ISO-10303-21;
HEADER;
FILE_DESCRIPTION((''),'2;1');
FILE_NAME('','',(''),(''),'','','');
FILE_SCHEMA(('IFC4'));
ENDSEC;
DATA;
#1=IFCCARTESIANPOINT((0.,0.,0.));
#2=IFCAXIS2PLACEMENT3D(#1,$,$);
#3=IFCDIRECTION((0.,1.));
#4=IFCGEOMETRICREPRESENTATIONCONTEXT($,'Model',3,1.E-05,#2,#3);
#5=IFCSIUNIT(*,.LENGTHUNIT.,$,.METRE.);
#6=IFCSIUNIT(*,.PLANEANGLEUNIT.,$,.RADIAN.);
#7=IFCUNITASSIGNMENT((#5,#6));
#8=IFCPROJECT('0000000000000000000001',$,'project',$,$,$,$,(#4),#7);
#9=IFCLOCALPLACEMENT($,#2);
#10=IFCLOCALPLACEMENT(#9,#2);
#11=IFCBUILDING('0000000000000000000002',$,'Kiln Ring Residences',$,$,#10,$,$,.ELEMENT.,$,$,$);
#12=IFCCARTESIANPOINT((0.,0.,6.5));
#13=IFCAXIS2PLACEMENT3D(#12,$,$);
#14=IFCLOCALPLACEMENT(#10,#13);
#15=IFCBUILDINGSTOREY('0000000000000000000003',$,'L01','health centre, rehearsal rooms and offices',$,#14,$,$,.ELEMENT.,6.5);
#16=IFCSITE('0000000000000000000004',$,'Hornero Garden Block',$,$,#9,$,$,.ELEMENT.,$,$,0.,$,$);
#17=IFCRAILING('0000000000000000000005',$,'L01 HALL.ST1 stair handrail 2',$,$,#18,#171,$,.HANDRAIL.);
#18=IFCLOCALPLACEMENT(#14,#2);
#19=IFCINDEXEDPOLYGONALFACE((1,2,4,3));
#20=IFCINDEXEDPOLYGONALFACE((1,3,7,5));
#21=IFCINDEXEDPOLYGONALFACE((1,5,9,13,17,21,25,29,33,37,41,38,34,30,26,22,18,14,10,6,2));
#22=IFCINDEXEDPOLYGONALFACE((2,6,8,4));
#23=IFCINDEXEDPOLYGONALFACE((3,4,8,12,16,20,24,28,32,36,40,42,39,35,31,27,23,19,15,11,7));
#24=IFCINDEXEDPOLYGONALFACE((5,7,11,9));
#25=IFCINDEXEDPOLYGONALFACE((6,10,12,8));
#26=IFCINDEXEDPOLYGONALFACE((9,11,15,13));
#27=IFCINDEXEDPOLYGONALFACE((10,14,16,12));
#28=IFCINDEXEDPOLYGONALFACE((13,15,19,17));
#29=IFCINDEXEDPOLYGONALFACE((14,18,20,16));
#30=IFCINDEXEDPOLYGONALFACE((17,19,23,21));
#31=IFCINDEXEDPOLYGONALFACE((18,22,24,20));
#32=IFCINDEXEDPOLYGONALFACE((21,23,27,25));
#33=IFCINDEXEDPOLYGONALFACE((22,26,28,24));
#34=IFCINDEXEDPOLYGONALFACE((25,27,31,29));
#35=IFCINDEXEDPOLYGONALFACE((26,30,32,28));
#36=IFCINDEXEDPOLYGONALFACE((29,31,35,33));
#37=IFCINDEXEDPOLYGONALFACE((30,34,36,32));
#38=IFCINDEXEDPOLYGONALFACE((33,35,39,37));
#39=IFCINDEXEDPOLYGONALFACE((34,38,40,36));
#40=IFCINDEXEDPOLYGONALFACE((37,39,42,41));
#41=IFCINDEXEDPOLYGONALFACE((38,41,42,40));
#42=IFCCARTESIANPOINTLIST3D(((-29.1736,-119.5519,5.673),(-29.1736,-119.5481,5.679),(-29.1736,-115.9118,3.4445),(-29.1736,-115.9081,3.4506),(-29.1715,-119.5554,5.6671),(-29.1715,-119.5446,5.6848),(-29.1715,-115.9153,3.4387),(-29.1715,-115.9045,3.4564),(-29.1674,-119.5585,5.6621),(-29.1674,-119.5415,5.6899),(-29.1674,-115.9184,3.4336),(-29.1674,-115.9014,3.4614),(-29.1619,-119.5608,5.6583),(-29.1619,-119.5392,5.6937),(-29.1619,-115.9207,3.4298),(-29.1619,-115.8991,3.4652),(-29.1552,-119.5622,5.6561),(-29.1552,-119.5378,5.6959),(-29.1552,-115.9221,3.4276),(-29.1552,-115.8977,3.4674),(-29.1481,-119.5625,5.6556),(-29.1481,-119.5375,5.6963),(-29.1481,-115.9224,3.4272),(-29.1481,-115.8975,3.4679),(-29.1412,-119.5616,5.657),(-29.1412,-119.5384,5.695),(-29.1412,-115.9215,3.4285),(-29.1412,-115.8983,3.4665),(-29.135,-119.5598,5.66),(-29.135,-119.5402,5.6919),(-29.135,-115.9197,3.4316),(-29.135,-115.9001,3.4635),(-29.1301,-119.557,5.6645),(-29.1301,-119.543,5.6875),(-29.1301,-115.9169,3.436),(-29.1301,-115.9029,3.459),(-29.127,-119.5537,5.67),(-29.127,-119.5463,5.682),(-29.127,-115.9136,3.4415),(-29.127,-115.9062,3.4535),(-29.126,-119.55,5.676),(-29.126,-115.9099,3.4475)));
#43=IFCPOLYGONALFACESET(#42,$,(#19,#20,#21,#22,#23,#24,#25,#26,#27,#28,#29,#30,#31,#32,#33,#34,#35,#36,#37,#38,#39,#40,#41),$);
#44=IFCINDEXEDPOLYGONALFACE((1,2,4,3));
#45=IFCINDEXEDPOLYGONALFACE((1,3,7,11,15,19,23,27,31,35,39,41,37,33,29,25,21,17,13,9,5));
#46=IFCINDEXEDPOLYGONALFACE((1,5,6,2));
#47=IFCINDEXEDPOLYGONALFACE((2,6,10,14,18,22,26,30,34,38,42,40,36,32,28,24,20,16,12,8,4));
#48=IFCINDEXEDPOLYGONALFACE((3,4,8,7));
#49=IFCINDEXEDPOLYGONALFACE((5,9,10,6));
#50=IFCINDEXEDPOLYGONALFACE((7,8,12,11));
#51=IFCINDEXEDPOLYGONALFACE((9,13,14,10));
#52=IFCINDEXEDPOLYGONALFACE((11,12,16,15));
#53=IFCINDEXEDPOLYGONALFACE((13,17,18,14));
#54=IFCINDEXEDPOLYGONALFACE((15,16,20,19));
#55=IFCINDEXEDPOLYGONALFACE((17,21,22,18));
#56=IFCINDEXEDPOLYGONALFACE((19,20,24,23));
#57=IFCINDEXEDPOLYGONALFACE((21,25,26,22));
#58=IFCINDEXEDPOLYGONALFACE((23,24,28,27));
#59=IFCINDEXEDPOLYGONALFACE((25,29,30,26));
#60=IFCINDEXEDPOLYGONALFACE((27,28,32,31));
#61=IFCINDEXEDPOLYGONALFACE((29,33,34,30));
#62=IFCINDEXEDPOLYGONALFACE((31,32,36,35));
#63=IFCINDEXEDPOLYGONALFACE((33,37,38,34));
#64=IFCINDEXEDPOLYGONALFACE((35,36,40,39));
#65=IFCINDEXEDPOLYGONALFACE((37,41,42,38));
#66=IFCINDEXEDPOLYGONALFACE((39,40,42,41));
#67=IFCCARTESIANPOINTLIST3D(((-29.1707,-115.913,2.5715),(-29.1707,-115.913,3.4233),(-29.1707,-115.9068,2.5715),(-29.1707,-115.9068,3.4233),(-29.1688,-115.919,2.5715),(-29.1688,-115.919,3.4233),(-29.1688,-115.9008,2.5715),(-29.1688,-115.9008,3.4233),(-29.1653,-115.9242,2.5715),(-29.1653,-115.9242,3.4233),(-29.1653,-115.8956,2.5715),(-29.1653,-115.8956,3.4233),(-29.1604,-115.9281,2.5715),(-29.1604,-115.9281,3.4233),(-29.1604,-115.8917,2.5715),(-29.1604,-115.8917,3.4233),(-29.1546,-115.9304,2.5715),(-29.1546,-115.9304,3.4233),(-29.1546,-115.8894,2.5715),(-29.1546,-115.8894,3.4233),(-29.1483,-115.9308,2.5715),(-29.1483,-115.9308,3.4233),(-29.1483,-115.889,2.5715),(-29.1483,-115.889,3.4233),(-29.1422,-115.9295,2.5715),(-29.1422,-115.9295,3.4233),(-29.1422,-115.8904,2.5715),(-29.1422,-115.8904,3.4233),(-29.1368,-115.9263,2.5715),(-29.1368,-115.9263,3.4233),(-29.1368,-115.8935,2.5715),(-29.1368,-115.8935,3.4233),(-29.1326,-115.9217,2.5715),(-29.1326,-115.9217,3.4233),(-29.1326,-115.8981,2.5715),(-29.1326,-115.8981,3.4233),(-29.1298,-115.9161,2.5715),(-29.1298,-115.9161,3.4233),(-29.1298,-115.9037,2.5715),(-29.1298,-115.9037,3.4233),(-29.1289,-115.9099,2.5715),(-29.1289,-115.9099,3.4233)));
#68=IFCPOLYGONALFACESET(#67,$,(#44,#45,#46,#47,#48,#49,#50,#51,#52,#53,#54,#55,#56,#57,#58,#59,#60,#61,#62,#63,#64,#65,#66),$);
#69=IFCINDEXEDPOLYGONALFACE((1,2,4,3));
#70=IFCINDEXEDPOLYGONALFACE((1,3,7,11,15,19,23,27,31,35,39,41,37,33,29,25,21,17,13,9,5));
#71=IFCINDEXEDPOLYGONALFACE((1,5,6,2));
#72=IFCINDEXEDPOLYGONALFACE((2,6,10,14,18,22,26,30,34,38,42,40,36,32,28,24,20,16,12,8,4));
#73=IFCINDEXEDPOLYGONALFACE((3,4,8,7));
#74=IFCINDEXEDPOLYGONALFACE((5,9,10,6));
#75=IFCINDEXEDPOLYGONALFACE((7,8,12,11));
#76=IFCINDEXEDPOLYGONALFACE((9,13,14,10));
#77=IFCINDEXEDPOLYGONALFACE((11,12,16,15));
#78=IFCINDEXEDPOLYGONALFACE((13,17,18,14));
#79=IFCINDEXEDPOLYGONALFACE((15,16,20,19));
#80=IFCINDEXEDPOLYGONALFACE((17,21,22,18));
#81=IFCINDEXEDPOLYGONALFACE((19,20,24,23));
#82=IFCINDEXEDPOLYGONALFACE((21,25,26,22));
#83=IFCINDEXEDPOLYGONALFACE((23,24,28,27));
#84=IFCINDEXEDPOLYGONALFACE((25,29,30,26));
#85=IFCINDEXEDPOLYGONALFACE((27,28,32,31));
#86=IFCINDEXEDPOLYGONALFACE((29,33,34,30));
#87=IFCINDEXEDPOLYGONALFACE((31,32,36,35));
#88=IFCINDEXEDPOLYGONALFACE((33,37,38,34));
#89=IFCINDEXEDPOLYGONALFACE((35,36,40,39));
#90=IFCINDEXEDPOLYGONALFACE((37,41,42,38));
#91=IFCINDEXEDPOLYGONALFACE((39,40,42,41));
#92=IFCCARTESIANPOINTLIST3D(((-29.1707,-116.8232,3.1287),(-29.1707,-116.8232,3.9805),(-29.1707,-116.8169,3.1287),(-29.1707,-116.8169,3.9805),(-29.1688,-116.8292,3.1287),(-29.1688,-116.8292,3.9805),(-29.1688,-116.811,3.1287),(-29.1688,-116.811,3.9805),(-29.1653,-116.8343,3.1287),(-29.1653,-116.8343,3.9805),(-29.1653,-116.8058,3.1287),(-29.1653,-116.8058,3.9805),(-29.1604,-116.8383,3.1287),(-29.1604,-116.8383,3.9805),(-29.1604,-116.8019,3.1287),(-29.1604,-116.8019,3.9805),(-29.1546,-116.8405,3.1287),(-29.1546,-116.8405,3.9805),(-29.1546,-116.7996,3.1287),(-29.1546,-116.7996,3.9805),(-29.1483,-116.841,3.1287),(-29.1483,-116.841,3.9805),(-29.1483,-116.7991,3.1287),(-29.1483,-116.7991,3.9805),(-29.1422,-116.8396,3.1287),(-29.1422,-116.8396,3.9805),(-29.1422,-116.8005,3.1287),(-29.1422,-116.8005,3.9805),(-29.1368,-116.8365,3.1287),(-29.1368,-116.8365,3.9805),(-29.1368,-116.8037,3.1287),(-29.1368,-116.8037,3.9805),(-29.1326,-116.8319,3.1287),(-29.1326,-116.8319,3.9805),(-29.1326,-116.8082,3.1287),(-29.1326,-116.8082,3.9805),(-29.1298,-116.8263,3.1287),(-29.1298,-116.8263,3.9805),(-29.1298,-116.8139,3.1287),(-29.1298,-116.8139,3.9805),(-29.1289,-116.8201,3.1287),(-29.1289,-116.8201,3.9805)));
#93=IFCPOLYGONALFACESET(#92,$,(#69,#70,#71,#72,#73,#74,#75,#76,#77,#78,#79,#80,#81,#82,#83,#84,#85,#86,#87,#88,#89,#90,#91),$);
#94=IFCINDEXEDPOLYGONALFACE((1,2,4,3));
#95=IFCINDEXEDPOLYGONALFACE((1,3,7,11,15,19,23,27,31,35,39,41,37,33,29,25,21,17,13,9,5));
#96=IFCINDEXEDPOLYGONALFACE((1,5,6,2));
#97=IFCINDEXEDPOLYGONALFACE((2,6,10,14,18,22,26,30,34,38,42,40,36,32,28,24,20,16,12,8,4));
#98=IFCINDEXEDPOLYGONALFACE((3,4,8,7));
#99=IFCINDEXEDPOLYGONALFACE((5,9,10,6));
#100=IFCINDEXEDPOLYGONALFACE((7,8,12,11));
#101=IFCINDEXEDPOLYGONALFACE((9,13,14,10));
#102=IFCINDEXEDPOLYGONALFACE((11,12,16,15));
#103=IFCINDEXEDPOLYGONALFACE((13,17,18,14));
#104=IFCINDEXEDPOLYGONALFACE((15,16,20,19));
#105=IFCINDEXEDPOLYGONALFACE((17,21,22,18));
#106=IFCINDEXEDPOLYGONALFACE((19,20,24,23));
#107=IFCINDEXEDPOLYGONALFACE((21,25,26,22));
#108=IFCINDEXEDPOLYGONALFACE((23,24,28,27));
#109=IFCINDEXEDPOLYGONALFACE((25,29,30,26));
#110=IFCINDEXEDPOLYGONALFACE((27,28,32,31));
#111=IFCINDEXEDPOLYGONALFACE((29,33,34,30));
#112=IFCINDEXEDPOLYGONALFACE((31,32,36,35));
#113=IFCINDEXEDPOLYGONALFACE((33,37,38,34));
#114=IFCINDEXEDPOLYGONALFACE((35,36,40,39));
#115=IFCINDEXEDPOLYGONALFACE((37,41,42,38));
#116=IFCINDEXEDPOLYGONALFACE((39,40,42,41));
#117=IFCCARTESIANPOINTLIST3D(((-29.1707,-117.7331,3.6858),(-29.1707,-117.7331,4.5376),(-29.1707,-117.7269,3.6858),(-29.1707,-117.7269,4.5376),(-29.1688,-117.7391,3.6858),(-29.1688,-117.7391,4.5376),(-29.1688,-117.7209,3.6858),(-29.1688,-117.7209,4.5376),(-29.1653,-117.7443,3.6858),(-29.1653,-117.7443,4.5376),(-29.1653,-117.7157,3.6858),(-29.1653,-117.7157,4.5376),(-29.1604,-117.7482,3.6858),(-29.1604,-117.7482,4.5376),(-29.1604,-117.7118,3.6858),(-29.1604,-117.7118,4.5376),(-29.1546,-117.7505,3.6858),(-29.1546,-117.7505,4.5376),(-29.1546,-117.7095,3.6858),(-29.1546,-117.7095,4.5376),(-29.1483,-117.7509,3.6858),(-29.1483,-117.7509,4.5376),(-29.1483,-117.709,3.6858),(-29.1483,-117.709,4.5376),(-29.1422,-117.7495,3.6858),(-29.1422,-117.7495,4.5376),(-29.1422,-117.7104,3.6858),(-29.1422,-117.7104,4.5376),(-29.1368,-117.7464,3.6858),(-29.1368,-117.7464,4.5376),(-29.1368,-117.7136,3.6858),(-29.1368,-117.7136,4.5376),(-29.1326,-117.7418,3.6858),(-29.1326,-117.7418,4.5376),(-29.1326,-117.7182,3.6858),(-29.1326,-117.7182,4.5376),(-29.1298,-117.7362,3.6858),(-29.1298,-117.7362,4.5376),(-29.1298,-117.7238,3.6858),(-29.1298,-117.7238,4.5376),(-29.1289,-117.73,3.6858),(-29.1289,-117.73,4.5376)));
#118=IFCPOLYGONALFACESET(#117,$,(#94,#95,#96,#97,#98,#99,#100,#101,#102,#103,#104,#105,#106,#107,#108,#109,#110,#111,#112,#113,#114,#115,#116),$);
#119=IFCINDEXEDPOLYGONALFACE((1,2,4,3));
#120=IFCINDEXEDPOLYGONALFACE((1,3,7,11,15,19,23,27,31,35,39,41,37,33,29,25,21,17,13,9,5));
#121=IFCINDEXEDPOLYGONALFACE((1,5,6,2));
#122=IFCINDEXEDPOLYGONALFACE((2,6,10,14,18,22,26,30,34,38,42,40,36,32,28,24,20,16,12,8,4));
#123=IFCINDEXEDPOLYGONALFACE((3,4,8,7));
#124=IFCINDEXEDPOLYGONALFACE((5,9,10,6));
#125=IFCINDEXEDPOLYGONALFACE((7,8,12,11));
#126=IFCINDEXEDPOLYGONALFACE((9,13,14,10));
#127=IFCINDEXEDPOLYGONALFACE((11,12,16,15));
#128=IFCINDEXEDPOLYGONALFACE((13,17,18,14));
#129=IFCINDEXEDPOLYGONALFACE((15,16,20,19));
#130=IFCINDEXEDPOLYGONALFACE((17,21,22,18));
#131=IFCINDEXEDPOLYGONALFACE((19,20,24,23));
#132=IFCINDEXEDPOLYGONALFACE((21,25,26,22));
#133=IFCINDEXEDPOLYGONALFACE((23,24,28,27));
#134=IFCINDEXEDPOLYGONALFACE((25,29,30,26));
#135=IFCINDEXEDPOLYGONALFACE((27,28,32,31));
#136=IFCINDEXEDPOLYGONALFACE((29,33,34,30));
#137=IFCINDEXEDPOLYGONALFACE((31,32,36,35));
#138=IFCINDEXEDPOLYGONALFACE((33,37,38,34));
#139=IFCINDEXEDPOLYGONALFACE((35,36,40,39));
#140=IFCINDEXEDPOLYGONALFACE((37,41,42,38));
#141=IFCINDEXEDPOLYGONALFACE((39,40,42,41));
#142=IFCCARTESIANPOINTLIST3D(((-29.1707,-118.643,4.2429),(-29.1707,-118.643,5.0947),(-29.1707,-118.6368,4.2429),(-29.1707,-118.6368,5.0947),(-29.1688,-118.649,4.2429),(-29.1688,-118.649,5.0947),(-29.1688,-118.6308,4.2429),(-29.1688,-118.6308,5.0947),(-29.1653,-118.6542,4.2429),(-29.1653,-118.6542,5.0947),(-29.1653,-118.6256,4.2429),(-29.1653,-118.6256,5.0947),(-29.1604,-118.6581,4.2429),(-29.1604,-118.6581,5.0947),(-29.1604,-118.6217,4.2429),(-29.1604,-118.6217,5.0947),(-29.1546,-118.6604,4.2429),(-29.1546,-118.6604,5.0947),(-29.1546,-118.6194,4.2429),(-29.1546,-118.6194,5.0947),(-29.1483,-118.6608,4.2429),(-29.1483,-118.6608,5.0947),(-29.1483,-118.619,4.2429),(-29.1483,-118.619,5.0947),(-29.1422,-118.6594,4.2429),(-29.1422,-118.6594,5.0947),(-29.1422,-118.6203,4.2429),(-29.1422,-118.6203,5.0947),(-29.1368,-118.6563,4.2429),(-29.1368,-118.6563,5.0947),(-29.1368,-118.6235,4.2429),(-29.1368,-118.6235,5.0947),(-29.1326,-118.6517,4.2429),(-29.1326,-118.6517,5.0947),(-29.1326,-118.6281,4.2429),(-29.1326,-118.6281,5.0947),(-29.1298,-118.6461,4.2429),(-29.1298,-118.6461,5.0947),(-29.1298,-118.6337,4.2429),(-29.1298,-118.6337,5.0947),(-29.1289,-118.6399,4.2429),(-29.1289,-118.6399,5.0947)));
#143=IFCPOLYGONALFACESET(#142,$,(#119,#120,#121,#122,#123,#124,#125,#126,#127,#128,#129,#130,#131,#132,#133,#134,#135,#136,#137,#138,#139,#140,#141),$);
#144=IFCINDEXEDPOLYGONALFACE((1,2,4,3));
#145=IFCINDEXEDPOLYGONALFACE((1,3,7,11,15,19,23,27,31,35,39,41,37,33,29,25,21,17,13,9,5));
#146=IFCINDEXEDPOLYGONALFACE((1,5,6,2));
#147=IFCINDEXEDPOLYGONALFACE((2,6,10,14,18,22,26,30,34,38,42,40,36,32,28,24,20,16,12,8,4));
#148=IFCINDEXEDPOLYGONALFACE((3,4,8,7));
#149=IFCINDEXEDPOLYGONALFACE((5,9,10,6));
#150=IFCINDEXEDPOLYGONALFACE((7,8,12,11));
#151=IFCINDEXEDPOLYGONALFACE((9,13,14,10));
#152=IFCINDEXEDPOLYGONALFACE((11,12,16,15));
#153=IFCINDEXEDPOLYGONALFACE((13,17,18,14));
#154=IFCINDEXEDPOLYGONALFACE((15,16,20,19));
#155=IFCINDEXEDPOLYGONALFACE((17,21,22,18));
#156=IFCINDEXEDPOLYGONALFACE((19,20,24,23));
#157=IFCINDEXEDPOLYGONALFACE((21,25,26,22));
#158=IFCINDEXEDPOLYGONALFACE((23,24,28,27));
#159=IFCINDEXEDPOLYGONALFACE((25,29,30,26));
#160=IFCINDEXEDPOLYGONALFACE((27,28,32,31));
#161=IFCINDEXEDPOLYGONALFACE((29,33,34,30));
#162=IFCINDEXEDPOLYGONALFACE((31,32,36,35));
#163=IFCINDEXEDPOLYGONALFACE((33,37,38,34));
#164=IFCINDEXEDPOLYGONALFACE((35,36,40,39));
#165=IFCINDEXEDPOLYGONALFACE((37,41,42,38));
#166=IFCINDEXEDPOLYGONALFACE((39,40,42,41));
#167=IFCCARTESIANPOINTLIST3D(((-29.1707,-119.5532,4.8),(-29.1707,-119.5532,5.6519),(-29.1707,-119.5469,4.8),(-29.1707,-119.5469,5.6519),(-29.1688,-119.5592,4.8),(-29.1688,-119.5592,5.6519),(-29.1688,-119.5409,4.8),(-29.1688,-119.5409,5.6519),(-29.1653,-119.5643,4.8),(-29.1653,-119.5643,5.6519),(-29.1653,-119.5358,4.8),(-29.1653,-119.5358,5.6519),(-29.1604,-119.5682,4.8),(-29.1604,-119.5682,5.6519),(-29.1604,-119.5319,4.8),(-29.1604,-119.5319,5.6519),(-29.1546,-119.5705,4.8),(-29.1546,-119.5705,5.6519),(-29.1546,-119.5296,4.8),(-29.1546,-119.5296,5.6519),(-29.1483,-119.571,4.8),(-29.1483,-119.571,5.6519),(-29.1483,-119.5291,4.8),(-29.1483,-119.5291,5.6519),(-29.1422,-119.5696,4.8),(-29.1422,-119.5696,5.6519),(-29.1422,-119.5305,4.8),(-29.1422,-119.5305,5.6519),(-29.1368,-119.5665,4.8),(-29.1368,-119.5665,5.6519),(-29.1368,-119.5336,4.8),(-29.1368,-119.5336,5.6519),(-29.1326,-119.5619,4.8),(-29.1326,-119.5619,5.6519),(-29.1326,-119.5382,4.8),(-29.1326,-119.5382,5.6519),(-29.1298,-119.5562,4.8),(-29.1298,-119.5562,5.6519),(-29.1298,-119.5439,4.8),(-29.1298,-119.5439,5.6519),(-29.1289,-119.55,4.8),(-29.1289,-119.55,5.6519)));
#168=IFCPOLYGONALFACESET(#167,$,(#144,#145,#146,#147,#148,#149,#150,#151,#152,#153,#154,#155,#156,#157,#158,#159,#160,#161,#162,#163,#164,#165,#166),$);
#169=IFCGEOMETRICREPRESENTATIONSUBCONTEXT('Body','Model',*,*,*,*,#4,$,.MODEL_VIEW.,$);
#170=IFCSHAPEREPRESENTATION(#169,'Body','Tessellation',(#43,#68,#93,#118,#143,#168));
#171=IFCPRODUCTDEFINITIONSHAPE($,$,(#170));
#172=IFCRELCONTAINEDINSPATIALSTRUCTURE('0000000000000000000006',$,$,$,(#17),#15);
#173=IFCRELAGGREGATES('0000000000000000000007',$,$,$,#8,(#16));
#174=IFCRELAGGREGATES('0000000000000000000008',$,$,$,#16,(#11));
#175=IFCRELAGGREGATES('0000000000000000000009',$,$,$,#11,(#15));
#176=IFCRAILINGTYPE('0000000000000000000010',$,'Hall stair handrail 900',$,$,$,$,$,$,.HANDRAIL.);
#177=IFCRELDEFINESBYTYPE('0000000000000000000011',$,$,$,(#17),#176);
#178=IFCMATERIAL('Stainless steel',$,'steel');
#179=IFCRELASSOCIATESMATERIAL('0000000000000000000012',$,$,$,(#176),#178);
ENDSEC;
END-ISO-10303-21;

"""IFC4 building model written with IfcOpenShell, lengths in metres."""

from ifc_helpers import new_model, si_unit, direction, frame, origin, origin_2d, place, context, subcontext, project, spatial, circle, extrude, material, type_object, element, save


model = new_model("IFC4")

# Units and contexts
model_context = context("Model", 3, precision=1e-05, world=origin(), true_north=direction((0.0, 1.0)))
body_context = subcontext(model_context, "Body", "Model", "MODEL_VIEW")
ifc_project = project(units=[si_unit("LENGTHUNIT", "METRE"), si_unit("PLANEANGLEUNIT", "RADIAN")], contexts=[model_context])

# Site, building, storey
site_placement = place(None, origin())
site = spatial("IfcSite", under=ifc_project, at=site_placement, Name="Hornero Garden Block", CompositionType="ELEMENT", RefElevation=0.0)
building_placement = place(site_placement, origin())
building = spatial("IfcBuilding", under=site, at=building_placement, Name="Kiln Ring Residences", CompositionType="ELEMENT")
storey_placement = place(building_placement, frame((0.0, 0.0, 6.5)))
storey = spatial("IfcBuildingStorey", under=building, at=storey_placement, Name="L01", Description="health centre, rehearsal rooms and offices", CompositionType="ELEMENT", Elevation=6.5)

# Railing
ifc_material_1 = material(Name="Stainless steel", Category="steel")
railing_type_1 = type_object("IfcRailingType", Name="Hall stair handrail 900", PredefinedType="HANDRAIL", material=ifc_material_1)
railing_1_placement = place(storey_placement, frame((-29.1499, -115.9099, 2.5715)))
element("IfcRailing", 1, at=railing_1_placement, inside=storey, type_object=railing_type_1, Name="L01 HALL.ST1 stair handrail 2", PredefinedType="HANDRAIL", context=body_context, shape_type="SweptSolid", body=[
    extrude(circle(Radius=0.0239, at=origin_2d()), frame((0.0, 0.0, 0.876), z_axis=(0.0, -0.852866, 0.52213), x_axis=(1.0, 0.0, 0.0)), (0.0, 0.0, 1.0), 4.2681),
    extrude(circle(Radius=0.021, at=origin_2d()), origin(), (0.0, 0.0, 1.0), 0.8518),
    extrude(circle(Radius=0.021, at=origin_2d()), frame((0.0, -0.9102, 0.5571)), (0.0, 0.0, 1.0), 0.8518),
    extrude(circle(Radius=0.021, at=origin_2d()), frame((0.0, -1.8201, 1.1143)), (0.0, 0.0, 1.0), 0.8518),
    extrude(circle(Radius=0.021, at=origin_2d()), frame((0.0, -2.73, 1.6714)), (0.0, 0.0, 1.0), 0.8518),
    extrude(circle(Radius=0.021, at=origin_2d()), frame((0.0, -3.6401, 2.2285)), (0.0, 0.0, 1.0), 0.8518),
])

save(model, "model.ifc")
